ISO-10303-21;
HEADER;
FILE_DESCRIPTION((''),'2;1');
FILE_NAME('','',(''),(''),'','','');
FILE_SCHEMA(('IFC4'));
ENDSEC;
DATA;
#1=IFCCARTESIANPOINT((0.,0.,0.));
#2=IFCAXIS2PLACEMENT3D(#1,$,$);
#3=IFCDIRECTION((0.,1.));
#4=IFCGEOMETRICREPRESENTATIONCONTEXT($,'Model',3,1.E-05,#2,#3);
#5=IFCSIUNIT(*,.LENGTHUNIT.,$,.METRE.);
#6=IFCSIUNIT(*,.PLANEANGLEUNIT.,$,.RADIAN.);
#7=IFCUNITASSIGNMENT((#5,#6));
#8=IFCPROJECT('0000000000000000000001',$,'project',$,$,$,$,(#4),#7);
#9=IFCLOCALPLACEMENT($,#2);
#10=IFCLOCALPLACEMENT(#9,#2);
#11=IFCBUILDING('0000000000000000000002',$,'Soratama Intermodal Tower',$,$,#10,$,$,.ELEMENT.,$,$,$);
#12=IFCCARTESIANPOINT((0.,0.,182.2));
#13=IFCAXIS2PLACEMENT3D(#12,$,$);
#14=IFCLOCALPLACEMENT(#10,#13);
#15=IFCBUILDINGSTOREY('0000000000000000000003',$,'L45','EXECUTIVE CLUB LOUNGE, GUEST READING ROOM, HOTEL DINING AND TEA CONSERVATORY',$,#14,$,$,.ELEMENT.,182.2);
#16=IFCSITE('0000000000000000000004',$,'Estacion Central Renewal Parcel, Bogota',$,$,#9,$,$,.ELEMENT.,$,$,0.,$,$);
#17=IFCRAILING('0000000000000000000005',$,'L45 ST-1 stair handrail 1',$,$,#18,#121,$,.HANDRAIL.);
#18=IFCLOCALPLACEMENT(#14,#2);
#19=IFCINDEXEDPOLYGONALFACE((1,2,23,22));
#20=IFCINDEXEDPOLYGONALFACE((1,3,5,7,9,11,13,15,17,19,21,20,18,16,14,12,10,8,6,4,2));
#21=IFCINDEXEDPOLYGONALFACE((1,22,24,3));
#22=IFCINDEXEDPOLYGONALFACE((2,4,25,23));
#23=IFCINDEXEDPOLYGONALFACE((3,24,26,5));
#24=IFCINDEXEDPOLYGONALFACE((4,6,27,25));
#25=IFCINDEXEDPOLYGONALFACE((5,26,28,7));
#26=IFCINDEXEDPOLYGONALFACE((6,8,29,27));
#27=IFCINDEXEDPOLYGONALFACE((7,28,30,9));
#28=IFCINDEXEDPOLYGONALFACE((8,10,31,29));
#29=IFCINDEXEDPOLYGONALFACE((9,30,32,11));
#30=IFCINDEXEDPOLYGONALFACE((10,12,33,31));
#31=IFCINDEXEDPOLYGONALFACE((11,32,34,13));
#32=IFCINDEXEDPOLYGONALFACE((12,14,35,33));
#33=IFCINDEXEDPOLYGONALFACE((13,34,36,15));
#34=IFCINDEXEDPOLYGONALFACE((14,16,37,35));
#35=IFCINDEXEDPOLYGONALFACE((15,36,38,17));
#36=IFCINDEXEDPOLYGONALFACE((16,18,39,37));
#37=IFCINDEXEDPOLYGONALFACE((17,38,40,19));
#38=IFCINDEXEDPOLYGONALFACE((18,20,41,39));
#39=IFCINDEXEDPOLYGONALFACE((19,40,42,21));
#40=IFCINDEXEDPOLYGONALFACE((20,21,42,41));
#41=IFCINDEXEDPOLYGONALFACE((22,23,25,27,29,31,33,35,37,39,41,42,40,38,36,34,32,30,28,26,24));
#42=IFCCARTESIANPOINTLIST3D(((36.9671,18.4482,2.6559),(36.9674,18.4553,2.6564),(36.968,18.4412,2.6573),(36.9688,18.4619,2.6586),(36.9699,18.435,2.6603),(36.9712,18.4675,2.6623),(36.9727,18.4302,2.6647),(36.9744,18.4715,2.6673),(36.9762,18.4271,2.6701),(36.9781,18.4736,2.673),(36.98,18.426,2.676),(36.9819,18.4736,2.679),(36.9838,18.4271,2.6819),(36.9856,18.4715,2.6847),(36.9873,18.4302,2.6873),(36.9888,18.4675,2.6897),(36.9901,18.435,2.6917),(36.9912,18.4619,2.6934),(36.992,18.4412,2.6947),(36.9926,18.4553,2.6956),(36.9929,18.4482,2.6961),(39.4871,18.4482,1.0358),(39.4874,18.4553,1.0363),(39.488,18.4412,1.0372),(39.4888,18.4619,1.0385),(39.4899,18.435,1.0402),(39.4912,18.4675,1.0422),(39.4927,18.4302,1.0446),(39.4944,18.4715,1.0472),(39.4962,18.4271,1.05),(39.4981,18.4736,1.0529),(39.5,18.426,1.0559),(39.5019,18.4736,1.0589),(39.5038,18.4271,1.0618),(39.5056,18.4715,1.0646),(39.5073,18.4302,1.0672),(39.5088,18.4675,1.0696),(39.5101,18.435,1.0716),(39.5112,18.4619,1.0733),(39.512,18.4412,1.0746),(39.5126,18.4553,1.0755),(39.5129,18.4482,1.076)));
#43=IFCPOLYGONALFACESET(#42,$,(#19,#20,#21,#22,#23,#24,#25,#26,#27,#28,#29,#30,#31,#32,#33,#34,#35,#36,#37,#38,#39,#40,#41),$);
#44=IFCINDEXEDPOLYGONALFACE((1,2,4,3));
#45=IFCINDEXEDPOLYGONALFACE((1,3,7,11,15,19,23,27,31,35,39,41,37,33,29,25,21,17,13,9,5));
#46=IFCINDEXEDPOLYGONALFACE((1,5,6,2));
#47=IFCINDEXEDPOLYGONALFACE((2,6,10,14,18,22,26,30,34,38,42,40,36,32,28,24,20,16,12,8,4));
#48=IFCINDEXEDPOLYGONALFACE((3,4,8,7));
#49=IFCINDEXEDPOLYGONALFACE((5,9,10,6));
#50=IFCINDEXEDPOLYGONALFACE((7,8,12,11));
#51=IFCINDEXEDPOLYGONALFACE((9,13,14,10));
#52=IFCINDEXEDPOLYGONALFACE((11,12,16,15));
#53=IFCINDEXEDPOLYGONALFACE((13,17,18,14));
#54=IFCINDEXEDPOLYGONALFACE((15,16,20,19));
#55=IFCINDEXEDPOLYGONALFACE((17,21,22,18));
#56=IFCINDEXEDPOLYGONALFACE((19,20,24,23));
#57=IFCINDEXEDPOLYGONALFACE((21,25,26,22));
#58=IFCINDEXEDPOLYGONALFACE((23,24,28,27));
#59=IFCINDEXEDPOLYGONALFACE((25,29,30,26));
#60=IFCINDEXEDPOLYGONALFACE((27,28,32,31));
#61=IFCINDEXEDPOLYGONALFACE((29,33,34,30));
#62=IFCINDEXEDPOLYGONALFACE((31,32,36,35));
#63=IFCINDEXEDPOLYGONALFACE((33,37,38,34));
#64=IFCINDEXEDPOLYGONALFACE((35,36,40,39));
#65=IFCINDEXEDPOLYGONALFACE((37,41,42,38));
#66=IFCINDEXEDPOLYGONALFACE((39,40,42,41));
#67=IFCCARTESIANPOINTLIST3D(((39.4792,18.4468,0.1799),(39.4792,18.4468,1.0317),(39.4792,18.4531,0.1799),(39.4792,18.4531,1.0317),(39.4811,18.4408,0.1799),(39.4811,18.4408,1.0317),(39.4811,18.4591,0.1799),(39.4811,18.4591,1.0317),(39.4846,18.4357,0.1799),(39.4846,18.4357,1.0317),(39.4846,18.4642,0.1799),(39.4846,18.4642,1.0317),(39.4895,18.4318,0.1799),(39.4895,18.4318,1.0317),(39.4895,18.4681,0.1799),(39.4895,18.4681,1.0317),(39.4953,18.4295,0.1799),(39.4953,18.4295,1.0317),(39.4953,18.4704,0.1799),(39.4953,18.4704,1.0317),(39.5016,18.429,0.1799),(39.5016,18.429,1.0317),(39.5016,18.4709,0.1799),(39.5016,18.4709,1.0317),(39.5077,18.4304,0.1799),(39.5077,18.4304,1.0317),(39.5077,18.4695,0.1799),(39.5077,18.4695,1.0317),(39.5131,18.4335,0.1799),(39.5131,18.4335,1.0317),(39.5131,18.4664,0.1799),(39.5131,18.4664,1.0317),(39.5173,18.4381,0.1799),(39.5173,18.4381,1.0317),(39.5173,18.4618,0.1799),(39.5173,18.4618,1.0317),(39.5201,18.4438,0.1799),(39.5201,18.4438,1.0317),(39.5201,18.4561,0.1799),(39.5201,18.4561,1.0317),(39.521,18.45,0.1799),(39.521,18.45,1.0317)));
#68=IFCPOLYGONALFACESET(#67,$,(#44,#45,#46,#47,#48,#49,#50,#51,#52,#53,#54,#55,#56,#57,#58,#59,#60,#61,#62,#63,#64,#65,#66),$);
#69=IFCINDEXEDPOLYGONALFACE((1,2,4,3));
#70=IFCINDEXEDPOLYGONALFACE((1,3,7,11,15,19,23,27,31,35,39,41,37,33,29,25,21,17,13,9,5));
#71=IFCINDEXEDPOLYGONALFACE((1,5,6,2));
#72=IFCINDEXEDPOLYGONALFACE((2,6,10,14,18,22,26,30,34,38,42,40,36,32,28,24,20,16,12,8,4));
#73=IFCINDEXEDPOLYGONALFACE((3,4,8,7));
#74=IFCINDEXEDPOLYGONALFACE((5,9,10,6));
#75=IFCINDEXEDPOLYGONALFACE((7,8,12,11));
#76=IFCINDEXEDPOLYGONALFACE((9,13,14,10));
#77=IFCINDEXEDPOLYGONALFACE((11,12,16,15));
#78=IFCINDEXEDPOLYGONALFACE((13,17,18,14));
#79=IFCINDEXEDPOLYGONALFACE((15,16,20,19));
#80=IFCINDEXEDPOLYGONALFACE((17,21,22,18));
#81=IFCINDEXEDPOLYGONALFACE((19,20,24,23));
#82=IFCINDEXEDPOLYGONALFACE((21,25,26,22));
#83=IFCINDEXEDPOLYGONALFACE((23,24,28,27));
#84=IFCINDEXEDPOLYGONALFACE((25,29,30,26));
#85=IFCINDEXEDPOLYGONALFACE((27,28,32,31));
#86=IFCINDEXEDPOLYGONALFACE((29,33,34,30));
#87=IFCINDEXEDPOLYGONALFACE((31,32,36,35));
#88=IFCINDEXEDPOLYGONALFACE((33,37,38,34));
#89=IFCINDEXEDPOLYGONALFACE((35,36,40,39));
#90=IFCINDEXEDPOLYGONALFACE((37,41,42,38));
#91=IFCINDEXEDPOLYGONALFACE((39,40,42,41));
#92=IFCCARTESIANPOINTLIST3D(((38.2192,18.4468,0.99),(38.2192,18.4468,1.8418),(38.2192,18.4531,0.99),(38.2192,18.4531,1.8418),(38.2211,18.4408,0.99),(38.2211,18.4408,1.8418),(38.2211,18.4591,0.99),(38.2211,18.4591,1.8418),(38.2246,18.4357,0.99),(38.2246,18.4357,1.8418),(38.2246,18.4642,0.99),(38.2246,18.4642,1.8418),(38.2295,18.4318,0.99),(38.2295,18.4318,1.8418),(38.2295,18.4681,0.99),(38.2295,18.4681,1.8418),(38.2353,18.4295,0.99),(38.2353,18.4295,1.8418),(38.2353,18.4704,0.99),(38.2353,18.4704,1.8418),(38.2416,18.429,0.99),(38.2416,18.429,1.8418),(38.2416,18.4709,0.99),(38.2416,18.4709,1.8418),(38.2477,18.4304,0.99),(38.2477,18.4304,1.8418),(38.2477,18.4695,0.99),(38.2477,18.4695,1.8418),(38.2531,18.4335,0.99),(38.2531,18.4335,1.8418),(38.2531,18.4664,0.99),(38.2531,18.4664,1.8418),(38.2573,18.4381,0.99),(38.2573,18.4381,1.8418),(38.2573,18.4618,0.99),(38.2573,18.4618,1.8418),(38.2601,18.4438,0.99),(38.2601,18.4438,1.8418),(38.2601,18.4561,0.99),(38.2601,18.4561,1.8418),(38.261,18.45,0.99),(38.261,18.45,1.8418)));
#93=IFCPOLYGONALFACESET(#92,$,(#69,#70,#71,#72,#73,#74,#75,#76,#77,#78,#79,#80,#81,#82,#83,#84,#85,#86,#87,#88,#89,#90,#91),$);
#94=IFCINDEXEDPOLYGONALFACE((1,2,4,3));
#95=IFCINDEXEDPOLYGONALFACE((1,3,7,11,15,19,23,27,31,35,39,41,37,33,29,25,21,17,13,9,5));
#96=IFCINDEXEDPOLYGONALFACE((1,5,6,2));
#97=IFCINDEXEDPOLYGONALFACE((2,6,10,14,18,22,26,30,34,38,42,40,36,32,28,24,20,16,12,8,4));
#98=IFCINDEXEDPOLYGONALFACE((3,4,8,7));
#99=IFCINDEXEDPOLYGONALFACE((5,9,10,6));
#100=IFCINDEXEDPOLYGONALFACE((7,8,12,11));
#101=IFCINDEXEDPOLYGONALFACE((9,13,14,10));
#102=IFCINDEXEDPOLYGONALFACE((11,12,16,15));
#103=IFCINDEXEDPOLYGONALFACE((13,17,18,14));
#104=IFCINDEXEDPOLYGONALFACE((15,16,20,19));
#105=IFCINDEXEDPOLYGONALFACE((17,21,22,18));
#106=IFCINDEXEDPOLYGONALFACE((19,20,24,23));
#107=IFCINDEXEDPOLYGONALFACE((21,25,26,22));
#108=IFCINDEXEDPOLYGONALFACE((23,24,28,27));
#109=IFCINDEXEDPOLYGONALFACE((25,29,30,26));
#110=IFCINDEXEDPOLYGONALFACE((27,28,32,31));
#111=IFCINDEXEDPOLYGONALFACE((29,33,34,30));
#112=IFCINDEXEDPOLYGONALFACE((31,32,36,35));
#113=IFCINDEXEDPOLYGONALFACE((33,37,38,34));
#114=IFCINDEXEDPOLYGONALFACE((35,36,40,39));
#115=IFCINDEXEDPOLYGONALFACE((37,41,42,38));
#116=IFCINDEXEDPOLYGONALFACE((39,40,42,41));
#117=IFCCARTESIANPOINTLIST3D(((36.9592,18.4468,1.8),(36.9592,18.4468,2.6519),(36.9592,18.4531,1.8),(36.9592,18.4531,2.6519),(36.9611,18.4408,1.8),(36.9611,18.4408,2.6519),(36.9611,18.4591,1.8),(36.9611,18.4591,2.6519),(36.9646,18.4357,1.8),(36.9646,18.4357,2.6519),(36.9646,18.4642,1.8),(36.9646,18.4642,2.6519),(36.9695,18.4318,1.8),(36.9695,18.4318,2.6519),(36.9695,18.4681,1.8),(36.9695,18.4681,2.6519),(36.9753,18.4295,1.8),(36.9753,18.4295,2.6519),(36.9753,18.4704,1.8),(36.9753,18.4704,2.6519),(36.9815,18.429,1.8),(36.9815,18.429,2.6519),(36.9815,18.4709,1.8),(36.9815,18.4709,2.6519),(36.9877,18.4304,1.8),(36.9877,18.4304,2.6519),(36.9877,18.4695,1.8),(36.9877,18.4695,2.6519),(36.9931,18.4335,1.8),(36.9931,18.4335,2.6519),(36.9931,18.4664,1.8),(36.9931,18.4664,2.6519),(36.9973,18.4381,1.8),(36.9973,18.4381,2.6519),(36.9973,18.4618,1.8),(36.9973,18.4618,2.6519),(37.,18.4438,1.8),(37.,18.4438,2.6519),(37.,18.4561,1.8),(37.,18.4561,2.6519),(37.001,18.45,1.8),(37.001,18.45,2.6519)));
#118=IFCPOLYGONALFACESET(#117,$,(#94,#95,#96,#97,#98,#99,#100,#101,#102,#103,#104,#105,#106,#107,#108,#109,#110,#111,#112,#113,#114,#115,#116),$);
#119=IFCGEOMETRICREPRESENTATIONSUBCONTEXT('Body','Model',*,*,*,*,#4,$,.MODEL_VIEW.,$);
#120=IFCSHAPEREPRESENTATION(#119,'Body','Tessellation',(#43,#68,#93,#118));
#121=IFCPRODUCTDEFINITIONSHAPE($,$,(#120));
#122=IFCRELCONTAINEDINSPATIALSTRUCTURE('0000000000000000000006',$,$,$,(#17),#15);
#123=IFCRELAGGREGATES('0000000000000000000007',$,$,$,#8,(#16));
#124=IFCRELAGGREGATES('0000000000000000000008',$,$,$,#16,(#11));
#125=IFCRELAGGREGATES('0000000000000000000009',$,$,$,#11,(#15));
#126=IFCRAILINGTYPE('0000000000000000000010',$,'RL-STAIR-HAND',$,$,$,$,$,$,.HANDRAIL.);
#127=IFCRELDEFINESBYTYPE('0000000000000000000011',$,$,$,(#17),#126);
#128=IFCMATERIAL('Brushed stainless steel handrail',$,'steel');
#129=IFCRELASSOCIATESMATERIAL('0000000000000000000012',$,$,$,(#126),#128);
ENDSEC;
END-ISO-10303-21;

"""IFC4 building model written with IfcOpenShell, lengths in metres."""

from ifc_helpers import new_model, si_unit, direction, frame, origin, origin_2d, place, context, subcontext, project, spatial, circle, extrude, material, type_object, element, save


model = new_model("IFC4")

# Units and contexts
model_context = context("Model", 3, precision=1e-05, world=origin(), true_north=direction((0.0, 1.0)))
body_context = subcontext(model_context, "Body", "Model", "MODEL_VIEW")
ifc_project = project(units=[si_unit("LENGTHUNIT", "METRE"), si_unit("PLANEANGLEUNIT", "RADIAN")], contexts=[model_context])

# Site, building, storey
site_placement = place(None, origin())
site = spatial("IfcSite", under=ifc_project, at=site_placement, Name="Estacion Central Renewal Parcel, Bogota", CompositionType="ELEMENT", RefElevation=0.0)
building_placement = place(site_placement, origin())
building = spatial("IfcBuilding", under=site, at=building_placement, Name="Soratama Intermodal Tower", CompositionType="ELEMENT")
storey_placement = place(building_placement, frame((0.0, 0.0, 182.2)))
storey = spatial("IfcBuildingStorey", under=building, at=storey_placement, Name="L45", Description="EXECUTIVE CLUB LOUNGE, GUEST READING ROOM, HOTEL DINING AND TEA CONSERVATORY", CompositionType="ELEMENT", Elevation=182.2)

# Railing
ifc_material_1 = material(Name="Brushed stainless steel handrail", Category="steel")
railing_type_1 = type_object("IfcRailingType", Name="RL-STAIR-HAND", PredefinedType="HANDRAIL", material=ifc_material_1)
railing_1_placement = place(storey_placement, frame((39.5, 18.45, 0.1799)))
element("IfcRailing", 1, at=railing_1_placement, inside=storey, type_object=railing_type_1, Name="L45 ST-1 stair handrail 1", PredefinedType="HANDRAIL", context=body_context, shape_type="SweptSolid", body=[
    extrude(circle(Radius=0.0239, at=origin_2d()), frame((0.0, 0.0, 0.876), z_axis=(-0.841163, 0.0, 0.540782), x_axis=(0.0, -1.0, 0.0)), (0.0, 0.0, 1.0), 2.9958),
    extrude(circle(Radius=0.021, at=origin_2d()), origin(), (0.0, 0.0, 1.0), 0.8518),
    extrude(circle(Radius=0.021, at=origin_2d()), frame((-1.26, 0.0, 0.8101)), (0.0, 0.0, 1.0), 0.8518),
    extrude(circle(Radius=0.021, at=origin_2d()), frame((-2.52, 0.0, 1.6201)), (0.0, 0.0, 1.0), 0.8518),
])

save(model, "model.ifc")
